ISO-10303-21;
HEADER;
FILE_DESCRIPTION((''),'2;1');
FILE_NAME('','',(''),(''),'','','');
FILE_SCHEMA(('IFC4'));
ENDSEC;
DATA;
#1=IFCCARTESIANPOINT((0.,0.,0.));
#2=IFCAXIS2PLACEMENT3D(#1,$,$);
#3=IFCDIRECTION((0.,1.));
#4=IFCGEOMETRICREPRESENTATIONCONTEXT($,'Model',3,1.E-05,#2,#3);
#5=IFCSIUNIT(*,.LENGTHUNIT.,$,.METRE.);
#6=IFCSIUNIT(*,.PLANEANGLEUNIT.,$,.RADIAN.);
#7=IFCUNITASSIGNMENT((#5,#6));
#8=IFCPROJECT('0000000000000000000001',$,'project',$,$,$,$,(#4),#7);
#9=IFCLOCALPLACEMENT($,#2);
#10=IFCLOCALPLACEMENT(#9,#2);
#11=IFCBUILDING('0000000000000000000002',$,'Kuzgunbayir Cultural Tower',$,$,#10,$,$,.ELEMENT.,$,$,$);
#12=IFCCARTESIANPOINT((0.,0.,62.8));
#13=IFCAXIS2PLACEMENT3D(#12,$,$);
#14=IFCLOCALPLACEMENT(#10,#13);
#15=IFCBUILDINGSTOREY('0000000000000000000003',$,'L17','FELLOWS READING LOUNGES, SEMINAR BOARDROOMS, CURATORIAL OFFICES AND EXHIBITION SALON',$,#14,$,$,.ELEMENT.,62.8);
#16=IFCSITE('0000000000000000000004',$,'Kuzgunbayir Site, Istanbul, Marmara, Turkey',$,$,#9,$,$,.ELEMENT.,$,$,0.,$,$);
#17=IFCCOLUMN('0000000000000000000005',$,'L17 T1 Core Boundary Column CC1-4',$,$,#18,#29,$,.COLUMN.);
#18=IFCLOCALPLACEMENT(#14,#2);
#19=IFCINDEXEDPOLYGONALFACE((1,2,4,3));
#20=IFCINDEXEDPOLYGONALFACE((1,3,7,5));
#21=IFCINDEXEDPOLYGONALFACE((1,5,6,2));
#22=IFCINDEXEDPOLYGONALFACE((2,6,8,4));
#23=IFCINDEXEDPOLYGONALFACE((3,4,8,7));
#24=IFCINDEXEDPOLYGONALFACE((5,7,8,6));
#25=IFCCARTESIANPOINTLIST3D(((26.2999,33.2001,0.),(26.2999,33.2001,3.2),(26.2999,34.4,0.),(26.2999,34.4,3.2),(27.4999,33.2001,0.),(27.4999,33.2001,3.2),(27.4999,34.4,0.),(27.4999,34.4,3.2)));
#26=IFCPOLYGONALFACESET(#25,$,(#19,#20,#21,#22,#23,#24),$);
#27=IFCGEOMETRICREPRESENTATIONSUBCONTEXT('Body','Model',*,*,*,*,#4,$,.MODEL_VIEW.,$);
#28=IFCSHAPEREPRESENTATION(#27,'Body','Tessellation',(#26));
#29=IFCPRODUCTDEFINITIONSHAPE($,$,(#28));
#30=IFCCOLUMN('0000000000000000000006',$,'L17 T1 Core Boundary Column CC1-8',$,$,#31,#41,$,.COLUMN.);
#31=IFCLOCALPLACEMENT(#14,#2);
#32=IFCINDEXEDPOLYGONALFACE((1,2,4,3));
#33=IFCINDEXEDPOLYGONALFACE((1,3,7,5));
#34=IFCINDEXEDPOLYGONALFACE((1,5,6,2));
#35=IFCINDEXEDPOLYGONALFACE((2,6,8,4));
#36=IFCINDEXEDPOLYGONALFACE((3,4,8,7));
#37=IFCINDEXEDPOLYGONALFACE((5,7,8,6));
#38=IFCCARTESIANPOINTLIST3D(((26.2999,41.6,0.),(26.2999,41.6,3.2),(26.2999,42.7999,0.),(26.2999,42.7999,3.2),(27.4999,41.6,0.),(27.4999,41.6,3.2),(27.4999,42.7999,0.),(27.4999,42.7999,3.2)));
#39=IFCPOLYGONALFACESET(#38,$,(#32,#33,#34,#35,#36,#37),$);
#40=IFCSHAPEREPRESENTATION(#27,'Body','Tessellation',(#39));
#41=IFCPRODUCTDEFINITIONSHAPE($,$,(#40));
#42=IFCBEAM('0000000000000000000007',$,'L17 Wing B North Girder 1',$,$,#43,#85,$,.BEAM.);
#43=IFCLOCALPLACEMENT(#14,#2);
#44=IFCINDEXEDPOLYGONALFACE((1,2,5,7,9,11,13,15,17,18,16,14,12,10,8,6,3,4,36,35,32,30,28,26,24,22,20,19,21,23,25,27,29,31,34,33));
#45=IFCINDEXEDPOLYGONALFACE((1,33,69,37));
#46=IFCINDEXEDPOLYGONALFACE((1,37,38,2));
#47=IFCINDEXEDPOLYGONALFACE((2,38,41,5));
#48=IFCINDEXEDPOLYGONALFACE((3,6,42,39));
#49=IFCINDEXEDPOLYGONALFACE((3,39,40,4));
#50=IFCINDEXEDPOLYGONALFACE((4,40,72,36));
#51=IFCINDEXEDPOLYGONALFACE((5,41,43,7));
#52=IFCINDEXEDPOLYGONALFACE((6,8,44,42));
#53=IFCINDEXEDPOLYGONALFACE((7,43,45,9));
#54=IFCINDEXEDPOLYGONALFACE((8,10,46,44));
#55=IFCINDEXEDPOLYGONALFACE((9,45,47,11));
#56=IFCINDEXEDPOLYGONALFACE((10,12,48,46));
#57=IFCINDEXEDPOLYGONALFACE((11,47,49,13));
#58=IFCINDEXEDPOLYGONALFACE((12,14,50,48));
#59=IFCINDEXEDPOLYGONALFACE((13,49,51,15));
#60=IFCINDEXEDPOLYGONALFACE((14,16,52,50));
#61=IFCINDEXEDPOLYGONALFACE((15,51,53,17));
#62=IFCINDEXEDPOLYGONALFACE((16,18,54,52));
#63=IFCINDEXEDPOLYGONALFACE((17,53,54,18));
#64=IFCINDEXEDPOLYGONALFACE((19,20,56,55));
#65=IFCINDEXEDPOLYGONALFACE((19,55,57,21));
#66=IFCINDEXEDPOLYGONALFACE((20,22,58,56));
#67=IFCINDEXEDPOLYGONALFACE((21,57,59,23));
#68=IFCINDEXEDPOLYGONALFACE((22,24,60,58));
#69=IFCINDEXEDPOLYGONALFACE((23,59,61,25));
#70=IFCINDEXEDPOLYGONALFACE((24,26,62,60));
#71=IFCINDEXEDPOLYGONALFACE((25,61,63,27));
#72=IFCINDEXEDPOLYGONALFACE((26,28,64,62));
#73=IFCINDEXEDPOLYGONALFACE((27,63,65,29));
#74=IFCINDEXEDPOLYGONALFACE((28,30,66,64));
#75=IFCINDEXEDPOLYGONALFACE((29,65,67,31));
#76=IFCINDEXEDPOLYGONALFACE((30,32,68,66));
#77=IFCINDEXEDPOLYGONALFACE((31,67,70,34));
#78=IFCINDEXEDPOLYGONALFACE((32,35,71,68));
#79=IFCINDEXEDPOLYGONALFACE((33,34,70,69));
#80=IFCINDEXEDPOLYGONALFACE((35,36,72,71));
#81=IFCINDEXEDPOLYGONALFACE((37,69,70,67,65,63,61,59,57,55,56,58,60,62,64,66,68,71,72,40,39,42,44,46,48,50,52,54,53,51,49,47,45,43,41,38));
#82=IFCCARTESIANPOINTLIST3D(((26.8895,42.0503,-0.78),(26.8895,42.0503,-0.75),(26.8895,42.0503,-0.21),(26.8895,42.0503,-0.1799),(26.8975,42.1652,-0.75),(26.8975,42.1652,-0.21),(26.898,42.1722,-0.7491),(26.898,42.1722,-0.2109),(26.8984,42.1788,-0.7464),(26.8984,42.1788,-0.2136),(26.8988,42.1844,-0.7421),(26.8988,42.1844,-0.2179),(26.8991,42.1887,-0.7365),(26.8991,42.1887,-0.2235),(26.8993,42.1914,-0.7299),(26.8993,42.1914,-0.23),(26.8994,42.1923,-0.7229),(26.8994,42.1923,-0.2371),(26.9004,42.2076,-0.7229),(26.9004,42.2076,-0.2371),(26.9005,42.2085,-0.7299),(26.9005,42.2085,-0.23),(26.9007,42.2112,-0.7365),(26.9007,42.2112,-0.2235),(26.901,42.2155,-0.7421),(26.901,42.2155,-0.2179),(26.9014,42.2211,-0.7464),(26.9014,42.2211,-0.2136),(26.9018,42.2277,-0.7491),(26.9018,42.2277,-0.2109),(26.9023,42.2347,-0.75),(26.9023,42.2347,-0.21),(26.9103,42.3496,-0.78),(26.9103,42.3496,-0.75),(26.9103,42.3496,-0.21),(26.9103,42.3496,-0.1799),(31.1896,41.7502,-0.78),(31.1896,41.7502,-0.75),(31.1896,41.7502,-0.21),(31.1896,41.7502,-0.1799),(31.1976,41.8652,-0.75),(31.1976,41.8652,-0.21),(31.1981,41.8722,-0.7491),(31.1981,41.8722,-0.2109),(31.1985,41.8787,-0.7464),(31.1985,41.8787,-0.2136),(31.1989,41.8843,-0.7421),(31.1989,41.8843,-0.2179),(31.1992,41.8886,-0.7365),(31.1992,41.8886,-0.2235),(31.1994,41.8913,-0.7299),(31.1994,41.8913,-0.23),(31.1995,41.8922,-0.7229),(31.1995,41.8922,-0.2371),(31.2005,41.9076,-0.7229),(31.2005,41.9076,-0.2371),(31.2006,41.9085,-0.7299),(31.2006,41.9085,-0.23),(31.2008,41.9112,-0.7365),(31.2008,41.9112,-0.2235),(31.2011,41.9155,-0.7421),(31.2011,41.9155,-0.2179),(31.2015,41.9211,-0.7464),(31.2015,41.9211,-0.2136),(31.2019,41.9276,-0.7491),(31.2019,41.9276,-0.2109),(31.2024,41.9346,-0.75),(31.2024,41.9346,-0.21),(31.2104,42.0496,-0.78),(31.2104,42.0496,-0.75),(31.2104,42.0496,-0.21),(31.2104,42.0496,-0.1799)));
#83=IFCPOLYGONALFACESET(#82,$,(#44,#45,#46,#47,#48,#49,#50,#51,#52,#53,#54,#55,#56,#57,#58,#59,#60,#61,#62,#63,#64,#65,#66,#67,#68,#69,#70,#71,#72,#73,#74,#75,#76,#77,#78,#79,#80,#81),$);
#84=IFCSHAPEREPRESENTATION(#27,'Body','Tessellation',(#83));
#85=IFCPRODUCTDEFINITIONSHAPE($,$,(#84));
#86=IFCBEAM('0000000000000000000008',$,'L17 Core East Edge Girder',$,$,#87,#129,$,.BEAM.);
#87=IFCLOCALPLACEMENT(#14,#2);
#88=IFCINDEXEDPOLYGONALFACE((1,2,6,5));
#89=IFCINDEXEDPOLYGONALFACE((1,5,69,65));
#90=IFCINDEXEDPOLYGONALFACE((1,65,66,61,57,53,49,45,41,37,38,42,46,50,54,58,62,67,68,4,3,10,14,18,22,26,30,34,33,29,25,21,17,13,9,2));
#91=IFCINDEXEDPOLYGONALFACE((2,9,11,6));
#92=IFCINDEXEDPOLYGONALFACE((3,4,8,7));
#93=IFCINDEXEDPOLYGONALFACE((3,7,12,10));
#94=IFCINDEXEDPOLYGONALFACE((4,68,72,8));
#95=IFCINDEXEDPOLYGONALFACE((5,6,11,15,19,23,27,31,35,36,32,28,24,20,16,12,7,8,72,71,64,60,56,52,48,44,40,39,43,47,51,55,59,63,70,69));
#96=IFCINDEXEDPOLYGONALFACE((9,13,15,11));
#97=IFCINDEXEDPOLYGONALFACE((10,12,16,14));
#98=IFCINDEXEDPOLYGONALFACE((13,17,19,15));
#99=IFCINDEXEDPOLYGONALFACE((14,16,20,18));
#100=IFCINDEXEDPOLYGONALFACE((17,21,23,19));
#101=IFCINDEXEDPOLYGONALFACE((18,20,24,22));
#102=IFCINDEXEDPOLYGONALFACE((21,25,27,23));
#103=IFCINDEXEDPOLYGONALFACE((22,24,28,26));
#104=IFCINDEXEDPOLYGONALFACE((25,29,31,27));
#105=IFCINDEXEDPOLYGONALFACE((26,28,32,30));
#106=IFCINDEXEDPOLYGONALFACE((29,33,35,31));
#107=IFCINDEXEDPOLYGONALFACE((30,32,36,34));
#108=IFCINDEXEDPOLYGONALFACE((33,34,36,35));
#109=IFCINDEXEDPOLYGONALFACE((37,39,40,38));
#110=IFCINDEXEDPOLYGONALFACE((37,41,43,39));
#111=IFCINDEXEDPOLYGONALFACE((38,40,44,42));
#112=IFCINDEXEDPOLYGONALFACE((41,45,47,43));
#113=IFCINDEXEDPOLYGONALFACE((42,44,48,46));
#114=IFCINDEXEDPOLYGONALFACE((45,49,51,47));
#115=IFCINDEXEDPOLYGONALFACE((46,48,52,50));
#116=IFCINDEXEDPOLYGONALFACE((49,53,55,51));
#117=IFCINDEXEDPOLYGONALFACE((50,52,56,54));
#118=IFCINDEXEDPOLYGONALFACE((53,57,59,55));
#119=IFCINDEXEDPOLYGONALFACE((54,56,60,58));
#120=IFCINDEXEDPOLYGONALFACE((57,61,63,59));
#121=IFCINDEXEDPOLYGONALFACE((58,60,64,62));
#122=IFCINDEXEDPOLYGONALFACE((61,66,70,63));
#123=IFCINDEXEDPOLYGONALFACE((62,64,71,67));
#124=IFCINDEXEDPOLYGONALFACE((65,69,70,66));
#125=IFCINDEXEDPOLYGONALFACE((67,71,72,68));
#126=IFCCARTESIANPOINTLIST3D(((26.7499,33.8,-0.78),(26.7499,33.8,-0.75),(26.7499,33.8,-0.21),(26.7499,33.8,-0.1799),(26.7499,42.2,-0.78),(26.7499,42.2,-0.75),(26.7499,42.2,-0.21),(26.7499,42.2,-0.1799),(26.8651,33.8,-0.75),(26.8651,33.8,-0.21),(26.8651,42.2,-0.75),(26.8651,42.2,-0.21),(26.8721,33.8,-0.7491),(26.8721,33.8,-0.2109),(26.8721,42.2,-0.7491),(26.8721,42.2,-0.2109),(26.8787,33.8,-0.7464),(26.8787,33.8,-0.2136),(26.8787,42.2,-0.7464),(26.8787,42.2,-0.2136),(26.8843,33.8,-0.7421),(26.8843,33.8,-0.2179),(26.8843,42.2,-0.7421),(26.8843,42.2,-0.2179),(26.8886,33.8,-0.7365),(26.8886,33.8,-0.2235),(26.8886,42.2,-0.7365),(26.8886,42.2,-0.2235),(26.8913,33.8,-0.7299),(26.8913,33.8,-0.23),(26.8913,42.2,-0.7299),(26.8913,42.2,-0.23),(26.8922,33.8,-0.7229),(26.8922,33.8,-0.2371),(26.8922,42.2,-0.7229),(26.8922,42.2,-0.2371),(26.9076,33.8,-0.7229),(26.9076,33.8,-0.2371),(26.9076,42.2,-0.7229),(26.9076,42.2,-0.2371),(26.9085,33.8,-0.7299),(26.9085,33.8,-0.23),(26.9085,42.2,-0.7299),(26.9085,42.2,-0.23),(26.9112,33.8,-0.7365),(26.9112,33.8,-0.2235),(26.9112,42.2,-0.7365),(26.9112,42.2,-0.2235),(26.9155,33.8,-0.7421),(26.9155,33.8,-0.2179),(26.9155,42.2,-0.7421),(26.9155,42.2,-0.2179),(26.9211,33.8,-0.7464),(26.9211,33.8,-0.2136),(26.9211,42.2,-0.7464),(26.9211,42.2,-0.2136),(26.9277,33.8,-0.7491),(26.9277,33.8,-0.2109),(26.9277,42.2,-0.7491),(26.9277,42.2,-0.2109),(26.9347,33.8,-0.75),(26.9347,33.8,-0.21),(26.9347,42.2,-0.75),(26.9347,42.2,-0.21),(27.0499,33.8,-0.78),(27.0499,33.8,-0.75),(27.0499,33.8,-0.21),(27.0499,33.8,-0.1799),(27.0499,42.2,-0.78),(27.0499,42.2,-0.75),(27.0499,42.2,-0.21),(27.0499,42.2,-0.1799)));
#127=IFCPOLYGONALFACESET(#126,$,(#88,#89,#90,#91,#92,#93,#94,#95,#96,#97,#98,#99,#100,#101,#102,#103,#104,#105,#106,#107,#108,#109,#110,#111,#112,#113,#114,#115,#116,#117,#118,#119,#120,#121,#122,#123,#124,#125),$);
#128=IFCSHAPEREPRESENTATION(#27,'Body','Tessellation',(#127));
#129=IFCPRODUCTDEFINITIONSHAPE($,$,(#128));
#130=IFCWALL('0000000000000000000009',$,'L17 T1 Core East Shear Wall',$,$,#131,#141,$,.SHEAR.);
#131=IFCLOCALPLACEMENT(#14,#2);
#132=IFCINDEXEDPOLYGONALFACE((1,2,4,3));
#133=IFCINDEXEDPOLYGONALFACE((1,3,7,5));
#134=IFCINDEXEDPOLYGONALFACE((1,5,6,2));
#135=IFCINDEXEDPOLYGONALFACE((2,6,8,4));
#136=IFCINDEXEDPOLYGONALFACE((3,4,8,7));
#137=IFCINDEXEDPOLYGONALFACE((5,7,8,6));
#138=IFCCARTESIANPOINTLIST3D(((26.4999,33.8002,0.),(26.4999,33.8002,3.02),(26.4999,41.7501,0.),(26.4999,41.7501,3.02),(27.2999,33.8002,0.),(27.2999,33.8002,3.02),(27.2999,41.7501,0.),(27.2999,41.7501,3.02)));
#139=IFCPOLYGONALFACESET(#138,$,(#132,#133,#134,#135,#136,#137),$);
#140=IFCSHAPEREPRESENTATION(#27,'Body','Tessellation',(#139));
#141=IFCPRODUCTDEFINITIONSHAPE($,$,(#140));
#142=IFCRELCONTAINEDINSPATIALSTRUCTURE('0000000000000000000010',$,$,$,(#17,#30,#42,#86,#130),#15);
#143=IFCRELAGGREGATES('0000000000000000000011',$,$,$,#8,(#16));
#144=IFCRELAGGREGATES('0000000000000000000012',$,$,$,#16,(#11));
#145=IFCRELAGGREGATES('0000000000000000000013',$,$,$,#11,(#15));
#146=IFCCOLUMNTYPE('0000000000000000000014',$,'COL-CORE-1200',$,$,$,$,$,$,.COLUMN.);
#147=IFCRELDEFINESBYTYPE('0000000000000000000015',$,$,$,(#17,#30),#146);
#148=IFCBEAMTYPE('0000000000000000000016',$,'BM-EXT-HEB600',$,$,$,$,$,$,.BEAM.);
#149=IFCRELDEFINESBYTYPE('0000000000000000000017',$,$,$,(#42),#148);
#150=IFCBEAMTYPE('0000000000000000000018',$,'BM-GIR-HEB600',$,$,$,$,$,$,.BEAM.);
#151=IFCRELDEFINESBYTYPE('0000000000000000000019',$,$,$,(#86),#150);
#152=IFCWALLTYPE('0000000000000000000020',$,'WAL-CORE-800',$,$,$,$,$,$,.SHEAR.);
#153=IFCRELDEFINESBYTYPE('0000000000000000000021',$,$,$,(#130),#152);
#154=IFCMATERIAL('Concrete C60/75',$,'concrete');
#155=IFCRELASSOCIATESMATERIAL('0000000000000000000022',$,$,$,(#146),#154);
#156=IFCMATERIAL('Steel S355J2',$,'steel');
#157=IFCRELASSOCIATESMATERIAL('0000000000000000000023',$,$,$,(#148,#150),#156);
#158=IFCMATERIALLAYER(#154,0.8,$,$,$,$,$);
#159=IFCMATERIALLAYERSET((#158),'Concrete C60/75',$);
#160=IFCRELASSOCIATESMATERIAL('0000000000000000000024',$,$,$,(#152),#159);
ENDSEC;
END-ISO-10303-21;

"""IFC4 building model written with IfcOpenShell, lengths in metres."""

from ifc_helpers import new_model, si_unit, direction, frame, frame_2d, origin, origin_2d, place, context, subcontext, project, spatial, rectangle, i_section, extrude, material, layer, layer_set, material_profile, profile_set, type_object, element, save


model = new_model("IFC4")

# Units and contexts
model_context = context("Model", 3, precision=1e-05, world=origin(), true_north=direction((0.0, 1.0)))
body_context = subcontext(model_context, "Body", "Model", "MODEL_VIEW")
ifc_project = project(units=[si_unit("LENGTHUNIT", "METRE"), si_unit("PLANEANGLEUNIT", "RADIAN")], contexts=[model_context])

# Site, building, storey
site_placement = place(None, origin())
site = spatial("IfcSite", under=ifc_project, at=site_placement, Name="Kuzgunbayir Site, Istanbul, Marmara, Turkey", CompositionType="ELEMENT", RefElevation=0.0)
building_placement = place(site_placement, origin())
building = spatial("IfcBuilding", under=site, at=building_placement, Name="Kuzgunbayir Cultural Tower", CompositionType="ELEMENT")
storey_placement = place(building_placement, frame((0.0, 0.0, 62.8)))
storey = spatial("IfcBuildingStorey", under=building, at=storey_placement, Name="L17", Description="FELLOWS READING LOUNGES, SEMINAR BOARDROOMS, CURATORIAL OFFICES AND EXHIBITION SALON", CompositionType="ELEMENT", Elevation=62.8)

# Columns
ifc_material_1 = material(Name="Concrete C60/75", Category="concrete")
ifc_material_profile_1 = material_profile(ifc_material_1, rectangle(XDim=1.2, YDim=1.2, at=origin_2d()), Name="RC 1200x1200")
ifc_profile_set_1 = profile_set([ifc_material_profile_1], Name="Concrete C60/75")
column_type = type_object("IfcColumnType", Name="COL-CORE-1200", PredefinedType="COLUMN", material=ifc_profile_set_1)
for number, where, z_axis, x_axis, name in (
    (1, (26.8999, 33.8, 0.0), (0.0, 0.0, 1.0), (1.0, 0.0, 0.0), "L17 T1 Core Boundary Column CC1-4"),
    (2, (26.8999, 42.2, 0.0), (0.0, 0.0, 1.0), (1.0, 0.0, 0.0), "L17 T1 Core Boundary Column CC1-8"),
):
    element("IfcColumn", number, at=place(storey_placement, frame(where, z_axis=z_axis, x_axis=x_axis)), inside=storey, type_object=column_type, Name=name, PredefinedType="COLUMN", context=body_context, shape_type="SweptSolid", body=[
        extrude(rectangle(XDim=1.2, YDim=1.2, at=origin_2d()), origin(), (0.0, 0.0, 1.0), 3.2),
    ])

# Beams
ifc_material_2 = material(Name="Steel S355J2", Category="steel")
ifc_material_profile_2 = material_profile(ifc_material_2, i_section(OverallWidth=0.3, OverallDepth=0.6001, WebThickness=0.0154, FlangeThickness=0.03, FilletRadius=0.0271, at=origin_2d()), Name="HEB 600")
ifc_profile_set_2 = profile_set([ifc_material_profile_2], Name="Steel S355J2")
beam_type_1 = type_object("IfcBeamType", Name="BM-EXT-HEB600", PredefinedType="BEAM", material=ifc_profile_set_2)
beam_1_placement = place(storey_placement, frame((26.8999, 42.2, -0.48), z_axis=(0.997574, -0.069609, 0.0), x_axis=(0.069609, 0.997574, 0.0)))
element("IfcBeam", 3, at=beam_1_placement, inside=storey, type_object=beam_type_1, Name="L17 Wing B North Girder 1", PredefinedType="BEAM", context=body_context, shape_type="SweptSolid", body=[
    extrude(i_section(OverallWidth=0.3, OverallDepth=0.6001, WebThickness=0.0154, FlangeThickness=0.03, FilletRadius=0.0271, at=origin_2d()), origin(), (0.0, 0.0, 1.0), 4.3105),
])
ifc_material_profile_3 = material_profile(ifc_material_2, i_section(OverallWidth=0.3, OverallDepth=0.6001, WebThickness=0.0154, FlangeThickness=0.03, FilletRadius=0.0271, at=origin_2d()), Name="HEB 600")
ifc_profile_set_3 = profile_set([ifc_material_profile_3], Name="Steel S355J2")
beam_type_2 = type_object("IfcBeamType", Name="BM-GIR-HEB600", PredefinedType="BEAM", material=ifc_profile_set_3)
beam_2_placement = place(storey_placement, frame((26.8999, 33.8, -0.48), z_axis=(0.0, 1.0, 0.0), x_axis=(-1.0, 0.0, 0.0)))
element("IfcBeam", 4, at=beam_2_placement, inside=storey, type_object=beam_type_2, Name="L17 Core East Edge Girder", PredefinedType="BEAM", context=body_context, shape_type="SweptSolid", body=[
    extrude(i_section(OverallWidth=0.3, OverallDepth=0.6001, WebThickness=0.0154, FlangeThickness=0.03, FilletRadius=0.0271, at=origin_2d()), origin(), (0.0, 0.0, 1.0), 8.3999),
])

# Wall
ifc_layer_1 = layer(ifc_material_1, 0.8)
ifc_layer_set_1 = layer_set([ifc_layer_1], Name="Concrete C60/75")
wall_type_1 = type_object("IfcWallType", Name="WAL-CORE-800", PredefinedType="SHEAR", material=ifc_layer_set_1)
wall_1_placement = place(storey_placement, frame((26.8999, 33.8, 0.0), z_axis=(0.0, 0.0, 1.0), x_axis=(0.0, 1.0, 0.0)))
element("IfcWall", 5, at=wall_1_placement, inside=storey, type_object=wall_type_1, Name="L17 T1 Core East Shear Wall", PredefinedType="SHEAR", context=body_context, shape_type="SweptSolid", body=[
    extrude(rectangle(XDim=7.95, YDim=0.8, at=frame_2d((3.9751, 0.0))), origin(), (0.0, 0.0, 1.0), 3.02),
])

save(model, "model.ifc")
